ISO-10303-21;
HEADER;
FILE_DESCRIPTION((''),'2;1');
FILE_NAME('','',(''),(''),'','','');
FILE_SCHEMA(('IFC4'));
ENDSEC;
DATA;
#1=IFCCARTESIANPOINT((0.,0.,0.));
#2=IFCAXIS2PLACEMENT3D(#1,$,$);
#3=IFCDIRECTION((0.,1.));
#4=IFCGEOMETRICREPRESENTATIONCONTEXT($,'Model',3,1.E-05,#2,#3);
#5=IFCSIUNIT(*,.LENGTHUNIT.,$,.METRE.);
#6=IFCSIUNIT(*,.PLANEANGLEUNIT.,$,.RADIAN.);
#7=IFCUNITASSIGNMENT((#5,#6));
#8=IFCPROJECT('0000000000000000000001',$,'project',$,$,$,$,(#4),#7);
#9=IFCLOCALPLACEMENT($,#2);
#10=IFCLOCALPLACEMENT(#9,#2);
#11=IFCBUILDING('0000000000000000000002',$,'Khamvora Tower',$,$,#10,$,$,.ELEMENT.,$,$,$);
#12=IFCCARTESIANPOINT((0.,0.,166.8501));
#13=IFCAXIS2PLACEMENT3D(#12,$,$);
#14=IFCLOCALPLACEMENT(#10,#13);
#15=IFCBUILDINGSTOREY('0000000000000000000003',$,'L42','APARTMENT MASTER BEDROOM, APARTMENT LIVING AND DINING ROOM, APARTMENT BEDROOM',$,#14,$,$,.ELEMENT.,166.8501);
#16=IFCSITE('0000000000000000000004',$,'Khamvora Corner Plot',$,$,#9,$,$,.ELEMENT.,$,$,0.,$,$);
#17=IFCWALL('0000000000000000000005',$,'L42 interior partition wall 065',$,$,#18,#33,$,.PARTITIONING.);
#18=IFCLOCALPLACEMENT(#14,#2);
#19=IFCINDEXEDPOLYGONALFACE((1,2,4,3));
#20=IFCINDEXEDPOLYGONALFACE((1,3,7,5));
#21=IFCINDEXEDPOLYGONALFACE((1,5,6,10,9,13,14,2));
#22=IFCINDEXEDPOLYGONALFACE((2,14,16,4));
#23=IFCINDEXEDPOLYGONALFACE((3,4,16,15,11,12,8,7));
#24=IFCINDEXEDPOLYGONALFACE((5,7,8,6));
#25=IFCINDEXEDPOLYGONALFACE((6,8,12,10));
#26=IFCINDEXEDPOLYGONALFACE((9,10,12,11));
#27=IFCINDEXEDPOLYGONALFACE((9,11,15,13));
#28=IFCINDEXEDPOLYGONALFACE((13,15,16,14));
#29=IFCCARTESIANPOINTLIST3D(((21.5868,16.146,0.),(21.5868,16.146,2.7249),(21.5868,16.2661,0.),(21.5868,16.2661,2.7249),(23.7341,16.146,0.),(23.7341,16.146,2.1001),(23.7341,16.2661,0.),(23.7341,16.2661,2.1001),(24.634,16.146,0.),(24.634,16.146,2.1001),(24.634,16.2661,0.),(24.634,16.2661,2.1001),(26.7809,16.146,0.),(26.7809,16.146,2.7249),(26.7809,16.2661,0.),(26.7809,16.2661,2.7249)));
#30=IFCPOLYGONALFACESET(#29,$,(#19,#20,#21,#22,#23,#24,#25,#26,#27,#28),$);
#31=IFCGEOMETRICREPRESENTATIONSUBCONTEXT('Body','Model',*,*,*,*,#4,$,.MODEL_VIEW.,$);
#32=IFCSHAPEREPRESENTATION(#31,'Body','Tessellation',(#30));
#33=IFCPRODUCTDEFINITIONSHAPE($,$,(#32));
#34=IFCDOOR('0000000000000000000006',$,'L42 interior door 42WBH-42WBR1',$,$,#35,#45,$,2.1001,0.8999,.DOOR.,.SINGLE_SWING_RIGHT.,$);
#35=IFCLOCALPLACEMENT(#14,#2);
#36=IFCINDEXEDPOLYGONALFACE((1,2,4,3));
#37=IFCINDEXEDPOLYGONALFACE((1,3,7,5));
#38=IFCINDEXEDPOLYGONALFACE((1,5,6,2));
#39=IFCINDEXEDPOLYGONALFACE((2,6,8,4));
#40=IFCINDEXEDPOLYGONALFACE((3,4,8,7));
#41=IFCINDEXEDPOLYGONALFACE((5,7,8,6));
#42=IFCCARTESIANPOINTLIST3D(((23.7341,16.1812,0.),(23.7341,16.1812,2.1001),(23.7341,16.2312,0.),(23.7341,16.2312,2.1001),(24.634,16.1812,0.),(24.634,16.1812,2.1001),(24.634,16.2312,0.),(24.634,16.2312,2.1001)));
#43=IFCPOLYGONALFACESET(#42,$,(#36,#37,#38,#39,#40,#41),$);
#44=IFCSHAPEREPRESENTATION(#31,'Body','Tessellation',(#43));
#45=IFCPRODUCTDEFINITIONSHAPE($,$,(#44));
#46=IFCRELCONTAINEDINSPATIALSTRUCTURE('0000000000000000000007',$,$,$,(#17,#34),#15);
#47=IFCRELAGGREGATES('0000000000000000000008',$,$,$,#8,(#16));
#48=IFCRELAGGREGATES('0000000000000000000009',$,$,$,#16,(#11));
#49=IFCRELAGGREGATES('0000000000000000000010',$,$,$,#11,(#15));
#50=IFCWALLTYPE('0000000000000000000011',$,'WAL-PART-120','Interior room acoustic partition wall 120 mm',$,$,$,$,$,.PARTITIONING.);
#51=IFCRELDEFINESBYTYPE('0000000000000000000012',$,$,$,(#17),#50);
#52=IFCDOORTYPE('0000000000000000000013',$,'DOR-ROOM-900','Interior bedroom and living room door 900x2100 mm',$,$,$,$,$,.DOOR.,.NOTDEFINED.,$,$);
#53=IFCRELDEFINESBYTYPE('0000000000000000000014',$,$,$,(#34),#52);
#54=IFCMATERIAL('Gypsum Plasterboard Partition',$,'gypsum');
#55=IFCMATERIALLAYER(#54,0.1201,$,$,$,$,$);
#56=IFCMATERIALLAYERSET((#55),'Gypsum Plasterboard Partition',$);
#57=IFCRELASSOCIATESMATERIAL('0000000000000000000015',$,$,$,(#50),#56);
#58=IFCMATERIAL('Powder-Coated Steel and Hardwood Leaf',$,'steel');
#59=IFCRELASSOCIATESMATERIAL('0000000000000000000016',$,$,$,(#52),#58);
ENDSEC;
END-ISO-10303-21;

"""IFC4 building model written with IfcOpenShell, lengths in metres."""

from ifc_helpers import new_model, si_unit, direction, frame, frame_2d, origin, place, context, subcontext, project, spatial, rectangle, extrude, material, layer, layer_set, type_object, element, fill, save


model = new_model("IFC4")

# Units and contexts
model_context = context("Model", 3, precision=1e-05, world=origin(), true_north=direction((0.0, 1.0)))
body_context = subcontext(model_context, "Body", "Model", "MODEL_VIEW")
ifc_project = project(units=[si_unit("LENGTHUNIT", "METRE"), si_unit("PLANEANGLEUNIT", "RADIAN")], contexts=[model_context])

# Site, building, storey
site_placement = place(None, origin())
site = spatial("IfcSite", under=ifc_project, at=site_placement, Name="Khamvora Corner Plot", CompositionType="ELEMENT", RefElevation=0.0)
building_placement = place(site_placement, origin())
building = spatial("IfcBuilding", under=site, at=building_placement, Name="Khamvora Tower", CompositionType="ELEMENT")
storey_placement = place(building_placement, frame((0.0, 0.0, 166.8501)))
storey = spatial("IfcBuildingStorey", under=building, at=storey_placement, Name="L42", Description="APARTMENT MASTER BEDROOM, APARTMENT LIVING AND DINING ROOM, APARTMENT BEDROOM", CompositionType="ELEMENT", Elevation=166.8501)

# Shared definitions
ifc_material_1 = material(Name="Powder-Coated Steel and Hardwood Leaf", Category="steel")

# Shared definitions
ifc_material_2 = material(Name="Gypsum Plasterboard Partition", Category="gypsum")
ifc_layer_1 = layer(ifc_material_2, 0.1201)
ifc_layer_set_1 = layer_set([ifc_layer_1], Name="Gypsum Plasterboard Partition")
wall_type_1 = type_object("IfcWallType", Name="WAL-PART-120", Description="Interior room acoustic partition wall 120 mm", PredefinedType="PARTITIONING", material=ifc_layer_set_1)

# Wall, opening, door
wall_1_placement = place(storey_placement, frame((26.781, 16.2061, 0.0), z_axis=(0.0, 0.0, 1.0), x_axis=(-1.0, 0.0, 0.0)))
wall_1 = element("IfcWall", 1, at=wall_1_placement, inside=storey, type_object=wall_type_1, Name="L42 interior partition wall 065", PredefinedType="PARTITIONING", context=body_context, shape_type="SweptSolid", body=[
    extrude(rectangle(XDim=5.1941, YDim=0.1201, at=frame_2d((2.5972, 0.0))), origin(), (0.0, 0.0, 1.0), 2.7249),
])
opening_1_placement = place(wall_1_placement, frame((2.147, 0.0, 0.0)))
opening_1 = element("IfcOpeningElement", 2, at=opening_1_placement, cuts=wall_1, PredefinedType="OPENING", context=body_context, shape_type="SweptSolid", body=[
    extrude(rectangle(XDim=0.8999, YDim=2.1001, at=frame_2d((0.45, 1.05))), frame((0.0, 0.0701, 0.0), z_axis=(0.0, -1.0, 0.0), x_axis=(1.0, 0.0, 0.0)), (0.0, 0.0, 1.0), 0.1401),
])
door_type_1 = type_object("IfcDoorType", Name="DOR-ROOM-900", Description="Interior bedroom and living room door 900x2100 mm", OperationType="NOTDEFINED", PredefinedType="DOOR", material=ifc_material_1)
door_1_placement = place(opening_1_placement, origin())
door_1 = element("IfcDoor", 3, at=door_1_placement, inside=storey, type_object=door_type_1, Name="L42 interior door 42WBH-42WBR1", OperationType="SINGLE_SWING_RIGHT", OverallHeight=2.1001, OverallWidth=0.8999, PredefinedType="DOOR", context=body_context, shape_type="SweptSolid", body=[
    extrude(rectangle(XDim=0.8999, YDim=2.1001, at=frame_2d((0.45, 1.05))), frame((0.0, 0.0249, 0.0), z_axis=(0.0, -1.0, 0.0), x_axis=(1.0, 0.0, 0.0)), (0.0, 0.0, 1.0), 0.05),
])
fill(opening_1, door_1)

save(model, "model.ifc")
